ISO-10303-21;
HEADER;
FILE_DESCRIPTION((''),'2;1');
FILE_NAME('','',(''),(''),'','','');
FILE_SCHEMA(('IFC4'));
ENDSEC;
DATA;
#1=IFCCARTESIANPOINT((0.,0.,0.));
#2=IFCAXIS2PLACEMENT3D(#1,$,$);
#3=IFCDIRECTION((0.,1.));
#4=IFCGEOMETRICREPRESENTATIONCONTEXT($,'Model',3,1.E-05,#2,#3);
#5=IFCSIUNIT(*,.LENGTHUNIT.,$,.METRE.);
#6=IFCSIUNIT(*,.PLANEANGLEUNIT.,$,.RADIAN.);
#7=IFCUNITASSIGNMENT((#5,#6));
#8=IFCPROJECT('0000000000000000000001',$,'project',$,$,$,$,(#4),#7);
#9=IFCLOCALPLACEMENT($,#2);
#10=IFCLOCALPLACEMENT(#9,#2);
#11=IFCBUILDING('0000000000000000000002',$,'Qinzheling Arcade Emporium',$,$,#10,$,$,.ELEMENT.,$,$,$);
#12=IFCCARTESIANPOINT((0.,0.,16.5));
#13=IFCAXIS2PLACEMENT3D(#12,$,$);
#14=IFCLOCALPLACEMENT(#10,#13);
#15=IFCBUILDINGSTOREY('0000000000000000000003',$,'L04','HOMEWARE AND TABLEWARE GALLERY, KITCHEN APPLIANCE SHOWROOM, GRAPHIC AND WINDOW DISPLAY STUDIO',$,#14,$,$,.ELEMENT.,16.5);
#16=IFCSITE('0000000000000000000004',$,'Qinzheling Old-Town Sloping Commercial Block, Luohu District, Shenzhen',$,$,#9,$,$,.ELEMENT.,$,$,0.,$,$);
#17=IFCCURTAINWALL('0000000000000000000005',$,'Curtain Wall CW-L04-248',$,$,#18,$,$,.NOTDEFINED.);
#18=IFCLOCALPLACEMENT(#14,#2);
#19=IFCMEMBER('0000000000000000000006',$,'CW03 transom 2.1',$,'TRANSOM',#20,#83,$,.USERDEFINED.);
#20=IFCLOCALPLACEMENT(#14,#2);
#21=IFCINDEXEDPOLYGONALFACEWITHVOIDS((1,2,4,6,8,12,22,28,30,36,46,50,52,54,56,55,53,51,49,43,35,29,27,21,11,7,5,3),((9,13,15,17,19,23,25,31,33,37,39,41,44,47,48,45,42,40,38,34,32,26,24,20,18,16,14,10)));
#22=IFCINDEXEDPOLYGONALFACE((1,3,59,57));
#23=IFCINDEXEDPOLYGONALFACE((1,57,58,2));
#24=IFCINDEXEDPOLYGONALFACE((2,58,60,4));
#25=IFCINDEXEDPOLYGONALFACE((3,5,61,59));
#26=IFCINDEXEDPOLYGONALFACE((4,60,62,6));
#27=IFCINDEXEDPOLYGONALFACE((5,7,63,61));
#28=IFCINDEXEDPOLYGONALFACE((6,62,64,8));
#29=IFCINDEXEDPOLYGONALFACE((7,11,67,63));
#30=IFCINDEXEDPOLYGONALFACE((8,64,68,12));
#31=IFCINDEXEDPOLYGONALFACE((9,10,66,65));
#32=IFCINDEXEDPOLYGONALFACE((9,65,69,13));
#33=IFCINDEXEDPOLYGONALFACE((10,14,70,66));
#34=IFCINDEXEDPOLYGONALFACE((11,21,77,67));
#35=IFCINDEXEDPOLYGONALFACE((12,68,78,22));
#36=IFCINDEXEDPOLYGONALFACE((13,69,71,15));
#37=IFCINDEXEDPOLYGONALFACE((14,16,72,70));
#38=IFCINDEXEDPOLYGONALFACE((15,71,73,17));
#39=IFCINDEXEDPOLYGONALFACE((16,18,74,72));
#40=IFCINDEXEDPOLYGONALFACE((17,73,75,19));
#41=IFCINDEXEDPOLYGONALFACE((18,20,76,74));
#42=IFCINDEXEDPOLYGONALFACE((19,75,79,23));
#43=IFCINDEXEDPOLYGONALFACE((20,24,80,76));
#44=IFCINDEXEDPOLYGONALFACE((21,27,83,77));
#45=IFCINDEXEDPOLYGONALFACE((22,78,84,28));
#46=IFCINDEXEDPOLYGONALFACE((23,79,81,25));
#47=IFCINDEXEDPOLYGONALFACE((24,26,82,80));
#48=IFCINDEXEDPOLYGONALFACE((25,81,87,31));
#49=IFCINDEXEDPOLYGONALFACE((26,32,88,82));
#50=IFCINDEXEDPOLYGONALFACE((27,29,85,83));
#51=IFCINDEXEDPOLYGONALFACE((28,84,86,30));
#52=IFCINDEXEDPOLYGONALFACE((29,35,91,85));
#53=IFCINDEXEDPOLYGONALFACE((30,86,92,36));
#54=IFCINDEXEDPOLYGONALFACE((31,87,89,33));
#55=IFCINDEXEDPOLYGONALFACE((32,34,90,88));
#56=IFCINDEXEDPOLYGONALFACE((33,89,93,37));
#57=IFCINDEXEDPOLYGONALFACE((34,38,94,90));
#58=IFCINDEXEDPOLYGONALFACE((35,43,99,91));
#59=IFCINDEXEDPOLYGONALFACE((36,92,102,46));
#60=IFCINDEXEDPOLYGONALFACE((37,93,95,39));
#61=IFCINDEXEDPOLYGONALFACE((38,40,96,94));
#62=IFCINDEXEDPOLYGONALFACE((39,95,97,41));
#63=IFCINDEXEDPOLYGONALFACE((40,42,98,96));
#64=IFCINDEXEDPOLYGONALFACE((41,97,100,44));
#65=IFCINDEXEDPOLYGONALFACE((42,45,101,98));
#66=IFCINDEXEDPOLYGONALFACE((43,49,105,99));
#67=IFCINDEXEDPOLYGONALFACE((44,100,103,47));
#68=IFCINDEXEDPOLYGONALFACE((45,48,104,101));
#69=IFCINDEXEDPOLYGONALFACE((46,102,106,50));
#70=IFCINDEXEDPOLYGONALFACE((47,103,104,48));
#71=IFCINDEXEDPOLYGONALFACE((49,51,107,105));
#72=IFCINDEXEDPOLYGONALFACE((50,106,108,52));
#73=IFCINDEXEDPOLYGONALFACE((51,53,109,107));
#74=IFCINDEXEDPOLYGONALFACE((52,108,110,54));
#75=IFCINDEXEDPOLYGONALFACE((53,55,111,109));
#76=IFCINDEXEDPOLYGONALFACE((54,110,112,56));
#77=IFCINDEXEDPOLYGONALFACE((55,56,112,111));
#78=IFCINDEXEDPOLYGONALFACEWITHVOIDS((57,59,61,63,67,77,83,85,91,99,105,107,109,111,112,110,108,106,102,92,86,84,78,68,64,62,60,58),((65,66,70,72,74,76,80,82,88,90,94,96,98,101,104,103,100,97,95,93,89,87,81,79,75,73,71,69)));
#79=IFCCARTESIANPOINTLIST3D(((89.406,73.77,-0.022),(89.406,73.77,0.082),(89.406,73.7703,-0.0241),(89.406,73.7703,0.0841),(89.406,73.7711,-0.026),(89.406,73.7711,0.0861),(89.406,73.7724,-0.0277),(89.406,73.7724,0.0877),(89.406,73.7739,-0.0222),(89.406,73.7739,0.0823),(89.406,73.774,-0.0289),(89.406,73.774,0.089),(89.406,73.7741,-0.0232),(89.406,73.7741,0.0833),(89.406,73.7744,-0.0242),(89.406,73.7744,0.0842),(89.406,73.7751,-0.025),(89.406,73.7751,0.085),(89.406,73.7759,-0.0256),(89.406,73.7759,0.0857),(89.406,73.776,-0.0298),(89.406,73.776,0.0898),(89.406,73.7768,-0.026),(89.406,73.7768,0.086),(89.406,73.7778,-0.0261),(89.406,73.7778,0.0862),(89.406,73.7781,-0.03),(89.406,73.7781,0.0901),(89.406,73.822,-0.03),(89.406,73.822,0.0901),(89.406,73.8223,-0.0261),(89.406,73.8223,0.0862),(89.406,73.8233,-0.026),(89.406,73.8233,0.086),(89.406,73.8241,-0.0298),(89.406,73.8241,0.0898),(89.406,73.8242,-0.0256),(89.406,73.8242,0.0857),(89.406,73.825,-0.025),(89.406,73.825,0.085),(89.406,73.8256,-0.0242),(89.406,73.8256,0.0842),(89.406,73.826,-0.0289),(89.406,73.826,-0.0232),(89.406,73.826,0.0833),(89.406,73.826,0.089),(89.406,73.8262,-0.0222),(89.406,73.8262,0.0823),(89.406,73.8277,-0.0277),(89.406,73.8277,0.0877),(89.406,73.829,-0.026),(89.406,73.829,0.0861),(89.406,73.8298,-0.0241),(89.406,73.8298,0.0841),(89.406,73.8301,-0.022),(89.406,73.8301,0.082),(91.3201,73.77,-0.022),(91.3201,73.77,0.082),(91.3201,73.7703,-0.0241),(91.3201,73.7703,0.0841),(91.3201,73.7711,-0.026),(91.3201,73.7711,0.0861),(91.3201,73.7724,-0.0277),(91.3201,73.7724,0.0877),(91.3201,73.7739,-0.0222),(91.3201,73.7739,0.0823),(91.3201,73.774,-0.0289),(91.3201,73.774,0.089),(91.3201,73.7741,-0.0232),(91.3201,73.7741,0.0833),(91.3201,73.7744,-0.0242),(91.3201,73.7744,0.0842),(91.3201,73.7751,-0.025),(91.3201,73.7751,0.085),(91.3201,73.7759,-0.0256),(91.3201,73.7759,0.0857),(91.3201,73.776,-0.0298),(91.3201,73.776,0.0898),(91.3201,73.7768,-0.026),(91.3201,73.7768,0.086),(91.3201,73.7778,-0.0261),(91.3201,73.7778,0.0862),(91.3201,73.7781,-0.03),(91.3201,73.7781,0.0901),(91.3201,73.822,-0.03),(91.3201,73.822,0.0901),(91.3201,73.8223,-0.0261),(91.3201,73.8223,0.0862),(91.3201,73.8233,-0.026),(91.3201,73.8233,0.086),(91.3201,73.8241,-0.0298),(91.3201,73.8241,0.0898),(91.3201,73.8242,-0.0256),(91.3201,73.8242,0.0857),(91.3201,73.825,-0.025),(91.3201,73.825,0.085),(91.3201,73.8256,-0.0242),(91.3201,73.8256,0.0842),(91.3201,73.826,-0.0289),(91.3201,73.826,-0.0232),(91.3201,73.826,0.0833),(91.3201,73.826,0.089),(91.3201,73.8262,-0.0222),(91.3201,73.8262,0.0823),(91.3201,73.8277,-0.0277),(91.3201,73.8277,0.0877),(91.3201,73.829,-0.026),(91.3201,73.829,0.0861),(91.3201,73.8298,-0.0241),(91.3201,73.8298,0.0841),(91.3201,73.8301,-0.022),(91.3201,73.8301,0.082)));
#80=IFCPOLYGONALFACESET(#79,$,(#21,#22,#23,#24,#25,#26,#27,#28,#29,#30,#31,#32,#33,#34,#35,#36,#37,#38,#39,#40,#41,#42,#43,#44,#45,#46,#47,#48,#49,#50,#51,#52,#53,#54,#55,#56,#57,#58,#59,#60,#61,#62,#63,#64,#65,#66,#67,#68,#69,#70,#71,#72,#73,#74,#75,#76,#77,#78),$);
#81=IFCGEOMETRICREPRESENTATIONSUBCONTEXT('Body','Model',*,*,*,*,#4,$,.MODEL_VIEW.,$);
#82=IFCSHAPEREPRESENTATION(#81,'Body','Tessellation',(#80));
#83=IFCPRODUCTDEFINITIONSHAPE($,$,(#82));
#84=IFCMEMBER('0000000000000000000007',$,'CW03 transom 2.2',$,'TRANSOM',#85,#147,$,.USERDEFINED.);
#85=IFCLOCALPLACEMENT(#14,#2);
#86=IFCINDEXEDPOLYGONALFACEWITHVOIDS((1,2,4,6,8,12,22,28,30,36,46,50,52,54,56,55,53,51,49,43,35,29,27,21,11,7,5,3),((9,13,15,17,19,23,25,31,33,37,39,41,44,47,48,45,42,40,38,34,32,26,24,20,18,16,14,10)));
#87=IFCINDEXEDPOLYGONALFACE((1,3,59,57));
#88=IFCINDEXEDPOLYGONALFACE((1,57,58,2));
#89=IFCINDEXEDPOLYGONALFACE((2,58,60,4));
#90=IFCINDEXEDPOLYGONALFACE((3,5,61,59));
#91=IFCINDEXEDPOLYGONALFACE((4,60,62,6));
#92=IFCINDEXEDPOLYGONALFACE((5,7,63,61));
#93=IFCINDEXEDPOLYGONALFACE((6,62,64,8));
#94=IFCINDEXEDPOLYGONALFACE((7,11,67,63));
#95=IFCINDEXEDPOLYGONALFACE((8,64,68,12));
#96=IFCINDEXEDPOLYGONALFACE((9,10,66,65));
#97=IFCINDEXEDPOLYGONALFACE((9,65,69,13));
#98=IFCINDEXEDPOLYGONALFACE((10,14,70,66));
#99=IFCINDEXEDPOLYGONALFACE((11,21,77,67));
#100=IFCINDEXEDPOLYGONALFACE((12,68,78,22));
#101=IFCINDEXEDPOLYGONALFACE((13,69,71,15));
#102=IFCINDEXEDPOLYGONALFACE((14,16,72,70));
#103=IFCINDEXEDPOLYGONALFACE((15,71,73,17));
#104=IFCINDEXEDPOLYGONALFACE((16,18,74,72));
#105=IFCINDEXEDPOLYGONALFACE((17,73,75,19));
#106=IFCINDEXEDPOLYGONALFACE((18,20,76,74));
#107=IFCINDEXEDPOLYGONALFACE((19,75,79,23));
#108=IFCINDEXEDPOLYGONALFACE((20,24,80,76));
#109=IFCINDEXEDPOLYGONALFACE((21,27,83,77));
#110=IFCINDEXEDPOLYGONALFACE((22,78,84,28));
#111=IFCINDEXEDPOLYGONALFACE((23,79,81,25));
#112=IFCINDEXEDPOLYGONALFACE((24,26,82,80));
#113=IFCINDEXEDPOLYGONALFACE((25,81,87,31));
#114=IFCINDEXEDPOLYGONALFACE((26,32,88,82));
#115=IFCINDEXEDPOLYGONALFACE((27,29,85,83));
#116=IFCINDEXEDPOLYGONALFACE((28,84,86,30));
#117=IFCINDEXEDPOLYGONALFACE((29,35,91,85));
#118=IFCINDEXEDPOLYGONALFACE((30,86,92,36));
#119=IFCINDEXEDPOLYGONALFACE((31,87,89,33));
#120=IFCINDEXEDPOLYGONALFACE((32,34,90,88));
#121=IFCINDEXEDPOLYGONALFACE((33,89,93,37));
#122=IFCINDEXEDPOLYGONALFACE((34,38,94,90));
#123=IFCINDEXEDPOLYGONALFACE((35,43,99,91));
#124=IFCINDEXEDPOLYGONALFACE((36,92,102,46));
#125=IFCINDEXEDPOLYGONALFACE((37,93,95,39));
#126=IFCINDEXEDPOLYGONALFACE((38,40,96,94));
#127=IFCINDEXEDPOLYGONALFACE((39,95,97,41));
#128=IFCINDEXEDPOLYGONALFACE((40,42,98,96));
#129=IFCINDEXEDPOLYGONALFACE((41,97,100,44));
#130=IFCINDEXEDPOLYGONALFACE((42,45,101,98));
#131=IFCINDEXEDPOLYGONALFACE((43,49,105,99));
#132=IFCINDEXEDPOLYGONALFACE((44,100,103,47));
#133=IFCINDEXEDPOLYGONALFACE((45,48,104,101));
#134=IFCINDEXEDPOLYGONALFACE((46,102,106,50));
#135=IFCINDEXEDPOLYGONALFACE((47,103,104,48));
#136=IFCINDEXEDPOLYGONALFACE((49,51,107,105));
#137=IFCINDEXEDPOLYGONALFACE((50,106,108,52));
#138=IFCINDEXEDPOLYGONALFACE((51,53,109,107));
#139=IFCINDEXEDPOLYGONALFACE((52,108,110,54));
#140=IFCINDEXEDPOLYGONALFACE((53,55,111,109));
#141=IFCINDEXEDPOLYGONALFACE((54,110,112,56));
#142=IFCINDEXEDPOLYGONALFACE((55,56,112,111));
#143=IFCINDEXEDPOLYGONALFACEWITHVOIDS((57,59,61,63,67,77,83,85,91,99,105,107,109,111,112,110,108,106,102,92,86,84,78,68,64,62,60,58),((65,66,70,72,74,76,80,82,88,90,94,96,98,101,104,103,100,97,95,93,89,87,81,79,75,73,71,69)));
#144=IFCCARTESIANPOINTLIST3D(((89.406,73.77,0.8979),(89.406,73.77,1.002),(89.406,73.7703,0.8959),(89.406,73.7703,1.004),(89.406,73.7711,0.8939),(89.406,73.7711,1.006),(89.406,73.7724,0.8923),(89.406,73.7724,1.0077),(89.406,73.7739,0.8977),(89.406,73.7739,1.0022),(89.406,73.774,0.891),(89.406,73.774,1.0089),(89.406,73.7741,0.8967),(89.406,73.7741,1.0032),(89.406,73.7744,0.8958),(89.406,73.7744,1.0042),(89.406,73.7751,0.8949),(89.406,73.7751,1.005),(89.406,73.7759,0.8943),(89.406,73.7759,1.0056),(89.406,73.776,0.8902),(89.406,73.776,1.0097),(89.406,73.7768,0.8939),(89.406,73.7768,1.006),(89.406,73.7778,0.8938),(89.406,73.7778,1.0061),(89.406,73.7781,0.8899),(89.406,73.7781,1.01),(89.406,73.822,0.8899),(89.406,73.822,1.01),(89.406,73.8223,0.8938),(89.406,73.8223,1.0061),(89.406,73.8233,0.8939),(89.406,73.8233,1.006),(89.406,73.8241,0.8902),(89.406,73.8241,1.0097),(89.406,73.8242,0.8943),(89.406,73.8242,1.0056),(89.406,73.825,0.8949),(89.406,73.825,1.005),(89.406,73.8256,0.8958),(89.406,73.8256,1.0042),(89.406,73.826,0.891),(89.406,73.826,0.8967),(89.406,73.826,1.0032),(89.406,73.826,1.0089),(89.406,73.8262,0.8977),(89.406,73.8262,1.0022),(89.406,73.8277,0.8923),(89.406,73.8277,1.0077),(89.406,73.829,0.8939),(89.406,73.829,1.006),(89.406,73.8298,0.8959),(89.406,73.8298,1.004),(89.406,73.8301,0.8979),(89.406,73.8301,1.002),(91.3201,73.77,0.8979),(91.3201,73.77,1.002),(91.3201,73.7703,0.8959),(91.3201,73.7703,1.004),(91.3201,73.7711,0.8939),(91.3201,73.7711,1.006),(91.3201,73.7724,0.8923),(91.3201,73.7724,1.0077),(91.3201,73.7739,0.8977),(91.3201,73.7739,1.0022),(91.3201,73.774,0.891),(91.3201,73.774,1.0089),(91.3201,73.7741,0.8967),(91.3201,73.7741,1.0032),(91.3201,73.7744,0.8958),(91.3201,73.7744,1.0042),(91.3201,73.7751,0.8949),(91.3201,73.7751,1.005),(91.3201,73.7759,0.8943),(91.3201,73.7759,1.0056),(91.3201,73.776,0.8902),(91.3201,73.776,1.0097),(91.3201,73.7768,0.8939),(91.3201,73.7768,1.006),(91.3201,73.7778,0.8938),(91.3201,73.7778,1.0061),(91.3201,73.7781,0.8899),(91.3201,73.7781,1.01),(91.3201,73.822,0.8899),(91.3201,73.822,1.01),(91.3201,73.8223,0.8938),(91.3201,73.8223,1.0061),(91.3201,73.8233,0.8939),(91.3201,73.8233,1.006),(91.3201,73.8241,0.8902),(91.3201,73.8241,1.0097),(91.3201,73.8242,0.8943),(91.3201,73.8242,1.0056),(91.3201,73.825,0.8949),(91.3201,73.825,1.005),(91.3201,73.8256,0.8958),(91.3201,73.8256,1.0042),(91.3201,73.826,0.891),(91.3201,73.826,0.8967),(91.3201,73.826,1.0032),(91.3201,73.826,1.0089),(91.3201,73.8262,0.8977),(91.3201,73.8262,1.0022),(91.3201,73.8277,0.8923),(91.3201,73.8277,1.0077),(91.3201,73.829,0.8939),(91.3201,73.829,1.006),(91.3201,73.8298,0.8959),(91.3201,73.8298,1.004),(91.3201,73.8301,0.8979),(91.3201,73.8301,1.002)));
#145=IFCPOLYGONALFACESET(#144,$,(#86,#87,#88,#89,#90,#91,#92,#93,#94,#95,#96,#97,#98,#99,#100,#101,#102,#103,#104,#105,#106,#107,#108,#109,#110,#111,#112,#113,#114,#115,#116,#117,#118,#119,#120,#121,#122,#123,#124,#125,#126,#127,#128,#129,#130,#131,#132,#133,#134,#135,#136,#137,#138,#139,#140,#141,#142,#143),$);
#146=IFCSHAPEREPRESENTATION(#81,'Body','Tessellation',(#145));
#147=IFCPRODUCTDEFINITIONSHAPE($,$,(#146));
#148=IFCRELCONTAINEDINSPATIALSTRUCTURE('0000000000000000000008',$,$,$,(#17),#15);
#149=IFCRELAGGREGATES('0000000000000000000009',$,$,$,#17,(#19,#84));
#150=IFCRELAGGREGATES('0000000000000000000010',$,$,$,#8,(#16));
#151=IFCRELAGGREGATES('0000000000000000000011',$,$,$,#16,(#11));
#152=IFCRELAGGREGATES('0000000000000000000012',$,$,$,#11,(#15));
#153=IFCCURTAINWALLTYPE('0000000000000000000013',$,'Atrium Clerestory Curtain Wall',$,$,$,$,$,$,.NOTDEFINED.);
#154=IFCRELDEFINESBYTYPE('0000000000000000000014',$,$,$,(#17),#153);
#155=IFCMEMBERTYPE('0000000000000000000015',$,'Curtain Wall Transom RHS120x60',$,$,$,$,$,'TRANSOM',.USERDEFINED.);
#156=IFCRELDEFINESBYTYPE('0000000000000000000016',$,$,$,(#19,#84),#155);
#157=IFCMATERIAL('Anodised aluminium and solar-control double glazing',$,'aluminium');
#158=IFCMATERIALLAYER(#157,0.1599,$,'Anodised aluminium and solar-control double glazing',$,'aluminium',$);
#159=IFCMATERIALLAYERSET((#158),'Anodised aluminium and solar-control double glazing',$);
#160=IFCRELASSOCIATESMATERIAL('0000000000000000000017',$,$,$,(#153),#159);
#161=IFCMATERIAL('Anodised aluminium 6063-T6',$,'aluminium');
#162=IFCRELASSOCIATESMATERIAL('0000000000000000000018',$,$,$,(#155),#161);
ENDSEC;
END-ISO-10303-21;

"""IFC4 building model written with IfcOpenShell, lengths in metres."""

from ifc_helpers import new_model, si_unit, direction, frame, origin, origin_2d, place, context, subcontext, project, spatial, hollow_rectangle, extrude, material, layer, layer_set, material_profile, profile_set, type_object, element, aggregate, save


model = new_model("IFC4")

# Units and contexts
model_context = context("Model", 3, precision=1e-05, world=origin(), true_north=direction((0.0, 1.0)))
body_context = subcontext(model_context, "Body", "Model", "MODEL_VIEW")
ifc_project = project(units=[si_unit("LENGTHUNIT", "METRE"), si_unit("PLANEANGLEUNIT", "RADIAN")], contexts=[model_context])

# Site, building, storey
site_placement = place(None, origin())
site = spatial("IfcSite", under=ifc_project, at=site_placement, Name="Qinzheling Old-Town Sloping Commercial Block, Luohu District, Shenzhen", CompositionType="ELEMENT", RefElevation=0.0)
building_placement = place(site_placement, origin())
building = spatial("IfcBuilding", under=site, at=building_placement, Name="Qinzheling Arcade Emporium", CompositionType="ELEMENT")
storey_placement = place(building_placement, frame((0.0, 0.0, 16.5)))
storey = spatial("IfcBuildingStorey", under=building, at=storey_placement, Name="L04", Description="HOMEWARE AND TABLEWARE GALLERY, KITCHEN APPLIANCE SHOWROOM, GRAPHIC AND WINDOW DISPLAY STUDIO", CompositionType="ELEMENT", Elevation=16.5)

# Curtain wall, members
ifc_material_1 = material(Name="Anodised aluminium and solar-control double glazing", Category="aluminium")
ifc_layer_1 = layer(ifc_material_1, 0.1599, Name="Anodised aluminium and solar-control double glazing", Category="aluminium")
ifc_layer_set_1 = layer_set([ifc_layer_1], Name="Anodised aluminium and solar-control double glazing")
curtain_wall_type = type_object("IfcCurtainWallType", Name="Atrium Clerestory Curtain Wall", PredefinedType="NOTDEFINED", material=ifc_layer_set_1)
curtain_wall_placement = place(storey_placement, origin())
curtain_wall = element("IfcCurtainWall", 1, at=curtain_wall_placement, inside=storey, type_object=curtain_wall_type, Name="Curtain Wall CW-L04-248", PredefinedType="NOTDEFINED")
ifc_material_2 = material(Name="Anodised aluminium 6063-T6", Category="aluminium")
ifc_material_profile_1 = material_profile(ifc_material_2, hollow_rectangle(XDim=0.0601, YDim=0.1201, WallThickness=0.0039, InnerFilletRadius=0.0039, OuterFilletRadius=0.0081, at=origin_2d()), Name="RHS 120x60x4", Category="aluminium")
ifc_profile_set_1 = profile_set([ifc_material_profile_1], Name="Anodised aluminium 6063-T6")
member_type_1 = type_object("IfcMemberType", Name="Curtain Wall Transom RHS120x60", ElementType="TRANSOM", PredefinedType="USERDEFINED", material=ifc_profile_set_1)
member_1_placement = place(storey_placement, frame((89.406, 73.8, 0.03), z_axis=(1.0, 0.0, 0.0), x_axis=(0.0, 1.0, 0.0)))
member_1 = element("IfcMember", 2, at=member_1_placement, type_object=member_type_1, Name="CW03 transom 2.1", ObjectType="TRANSOM", PredefinedType="USERDEFINED", context=body_context, shape_type="SweptSolid", body=[
    extrude(hollow_rectangle(XDim=0.0601, YDim=0.1201, WallThickness=0.0039, InnerFilletRadius=0.0039, OuterFilletRadius=0.0081, at=origin_2d()), origin(), (0.0, 0.0, 1.0), 1.9141),
])
member_2_placement = place(storey_placement, frame((89.406, 73.8, 0.95), z_axis=(1.0, 0.0, 0.0), x_axis=(0.0, 1.0, 0.0)))
member_2 = element("IfcMember", 3, at=member_2_placement, type_object=member_type_1, Name="CW03 transom 2.2", ObjectType="TRANSOM", PredefinedType="USERDEFINED", context=body_context, shape_type="SweptSolid", body=[
    extrude(hollow_rectangle(XDim=0.0601, YDim=0.1201, WallThickness=0.0039, InnerFilletRadius=0.0039, OuterFilletRadius=0.0081, at=origin_2d()), origin(), (0.0, 0.0, 1.0), 1.9141),
])
aggregate(curtain_wall, [member_1, member_2])

save(model, "model.ifc")
